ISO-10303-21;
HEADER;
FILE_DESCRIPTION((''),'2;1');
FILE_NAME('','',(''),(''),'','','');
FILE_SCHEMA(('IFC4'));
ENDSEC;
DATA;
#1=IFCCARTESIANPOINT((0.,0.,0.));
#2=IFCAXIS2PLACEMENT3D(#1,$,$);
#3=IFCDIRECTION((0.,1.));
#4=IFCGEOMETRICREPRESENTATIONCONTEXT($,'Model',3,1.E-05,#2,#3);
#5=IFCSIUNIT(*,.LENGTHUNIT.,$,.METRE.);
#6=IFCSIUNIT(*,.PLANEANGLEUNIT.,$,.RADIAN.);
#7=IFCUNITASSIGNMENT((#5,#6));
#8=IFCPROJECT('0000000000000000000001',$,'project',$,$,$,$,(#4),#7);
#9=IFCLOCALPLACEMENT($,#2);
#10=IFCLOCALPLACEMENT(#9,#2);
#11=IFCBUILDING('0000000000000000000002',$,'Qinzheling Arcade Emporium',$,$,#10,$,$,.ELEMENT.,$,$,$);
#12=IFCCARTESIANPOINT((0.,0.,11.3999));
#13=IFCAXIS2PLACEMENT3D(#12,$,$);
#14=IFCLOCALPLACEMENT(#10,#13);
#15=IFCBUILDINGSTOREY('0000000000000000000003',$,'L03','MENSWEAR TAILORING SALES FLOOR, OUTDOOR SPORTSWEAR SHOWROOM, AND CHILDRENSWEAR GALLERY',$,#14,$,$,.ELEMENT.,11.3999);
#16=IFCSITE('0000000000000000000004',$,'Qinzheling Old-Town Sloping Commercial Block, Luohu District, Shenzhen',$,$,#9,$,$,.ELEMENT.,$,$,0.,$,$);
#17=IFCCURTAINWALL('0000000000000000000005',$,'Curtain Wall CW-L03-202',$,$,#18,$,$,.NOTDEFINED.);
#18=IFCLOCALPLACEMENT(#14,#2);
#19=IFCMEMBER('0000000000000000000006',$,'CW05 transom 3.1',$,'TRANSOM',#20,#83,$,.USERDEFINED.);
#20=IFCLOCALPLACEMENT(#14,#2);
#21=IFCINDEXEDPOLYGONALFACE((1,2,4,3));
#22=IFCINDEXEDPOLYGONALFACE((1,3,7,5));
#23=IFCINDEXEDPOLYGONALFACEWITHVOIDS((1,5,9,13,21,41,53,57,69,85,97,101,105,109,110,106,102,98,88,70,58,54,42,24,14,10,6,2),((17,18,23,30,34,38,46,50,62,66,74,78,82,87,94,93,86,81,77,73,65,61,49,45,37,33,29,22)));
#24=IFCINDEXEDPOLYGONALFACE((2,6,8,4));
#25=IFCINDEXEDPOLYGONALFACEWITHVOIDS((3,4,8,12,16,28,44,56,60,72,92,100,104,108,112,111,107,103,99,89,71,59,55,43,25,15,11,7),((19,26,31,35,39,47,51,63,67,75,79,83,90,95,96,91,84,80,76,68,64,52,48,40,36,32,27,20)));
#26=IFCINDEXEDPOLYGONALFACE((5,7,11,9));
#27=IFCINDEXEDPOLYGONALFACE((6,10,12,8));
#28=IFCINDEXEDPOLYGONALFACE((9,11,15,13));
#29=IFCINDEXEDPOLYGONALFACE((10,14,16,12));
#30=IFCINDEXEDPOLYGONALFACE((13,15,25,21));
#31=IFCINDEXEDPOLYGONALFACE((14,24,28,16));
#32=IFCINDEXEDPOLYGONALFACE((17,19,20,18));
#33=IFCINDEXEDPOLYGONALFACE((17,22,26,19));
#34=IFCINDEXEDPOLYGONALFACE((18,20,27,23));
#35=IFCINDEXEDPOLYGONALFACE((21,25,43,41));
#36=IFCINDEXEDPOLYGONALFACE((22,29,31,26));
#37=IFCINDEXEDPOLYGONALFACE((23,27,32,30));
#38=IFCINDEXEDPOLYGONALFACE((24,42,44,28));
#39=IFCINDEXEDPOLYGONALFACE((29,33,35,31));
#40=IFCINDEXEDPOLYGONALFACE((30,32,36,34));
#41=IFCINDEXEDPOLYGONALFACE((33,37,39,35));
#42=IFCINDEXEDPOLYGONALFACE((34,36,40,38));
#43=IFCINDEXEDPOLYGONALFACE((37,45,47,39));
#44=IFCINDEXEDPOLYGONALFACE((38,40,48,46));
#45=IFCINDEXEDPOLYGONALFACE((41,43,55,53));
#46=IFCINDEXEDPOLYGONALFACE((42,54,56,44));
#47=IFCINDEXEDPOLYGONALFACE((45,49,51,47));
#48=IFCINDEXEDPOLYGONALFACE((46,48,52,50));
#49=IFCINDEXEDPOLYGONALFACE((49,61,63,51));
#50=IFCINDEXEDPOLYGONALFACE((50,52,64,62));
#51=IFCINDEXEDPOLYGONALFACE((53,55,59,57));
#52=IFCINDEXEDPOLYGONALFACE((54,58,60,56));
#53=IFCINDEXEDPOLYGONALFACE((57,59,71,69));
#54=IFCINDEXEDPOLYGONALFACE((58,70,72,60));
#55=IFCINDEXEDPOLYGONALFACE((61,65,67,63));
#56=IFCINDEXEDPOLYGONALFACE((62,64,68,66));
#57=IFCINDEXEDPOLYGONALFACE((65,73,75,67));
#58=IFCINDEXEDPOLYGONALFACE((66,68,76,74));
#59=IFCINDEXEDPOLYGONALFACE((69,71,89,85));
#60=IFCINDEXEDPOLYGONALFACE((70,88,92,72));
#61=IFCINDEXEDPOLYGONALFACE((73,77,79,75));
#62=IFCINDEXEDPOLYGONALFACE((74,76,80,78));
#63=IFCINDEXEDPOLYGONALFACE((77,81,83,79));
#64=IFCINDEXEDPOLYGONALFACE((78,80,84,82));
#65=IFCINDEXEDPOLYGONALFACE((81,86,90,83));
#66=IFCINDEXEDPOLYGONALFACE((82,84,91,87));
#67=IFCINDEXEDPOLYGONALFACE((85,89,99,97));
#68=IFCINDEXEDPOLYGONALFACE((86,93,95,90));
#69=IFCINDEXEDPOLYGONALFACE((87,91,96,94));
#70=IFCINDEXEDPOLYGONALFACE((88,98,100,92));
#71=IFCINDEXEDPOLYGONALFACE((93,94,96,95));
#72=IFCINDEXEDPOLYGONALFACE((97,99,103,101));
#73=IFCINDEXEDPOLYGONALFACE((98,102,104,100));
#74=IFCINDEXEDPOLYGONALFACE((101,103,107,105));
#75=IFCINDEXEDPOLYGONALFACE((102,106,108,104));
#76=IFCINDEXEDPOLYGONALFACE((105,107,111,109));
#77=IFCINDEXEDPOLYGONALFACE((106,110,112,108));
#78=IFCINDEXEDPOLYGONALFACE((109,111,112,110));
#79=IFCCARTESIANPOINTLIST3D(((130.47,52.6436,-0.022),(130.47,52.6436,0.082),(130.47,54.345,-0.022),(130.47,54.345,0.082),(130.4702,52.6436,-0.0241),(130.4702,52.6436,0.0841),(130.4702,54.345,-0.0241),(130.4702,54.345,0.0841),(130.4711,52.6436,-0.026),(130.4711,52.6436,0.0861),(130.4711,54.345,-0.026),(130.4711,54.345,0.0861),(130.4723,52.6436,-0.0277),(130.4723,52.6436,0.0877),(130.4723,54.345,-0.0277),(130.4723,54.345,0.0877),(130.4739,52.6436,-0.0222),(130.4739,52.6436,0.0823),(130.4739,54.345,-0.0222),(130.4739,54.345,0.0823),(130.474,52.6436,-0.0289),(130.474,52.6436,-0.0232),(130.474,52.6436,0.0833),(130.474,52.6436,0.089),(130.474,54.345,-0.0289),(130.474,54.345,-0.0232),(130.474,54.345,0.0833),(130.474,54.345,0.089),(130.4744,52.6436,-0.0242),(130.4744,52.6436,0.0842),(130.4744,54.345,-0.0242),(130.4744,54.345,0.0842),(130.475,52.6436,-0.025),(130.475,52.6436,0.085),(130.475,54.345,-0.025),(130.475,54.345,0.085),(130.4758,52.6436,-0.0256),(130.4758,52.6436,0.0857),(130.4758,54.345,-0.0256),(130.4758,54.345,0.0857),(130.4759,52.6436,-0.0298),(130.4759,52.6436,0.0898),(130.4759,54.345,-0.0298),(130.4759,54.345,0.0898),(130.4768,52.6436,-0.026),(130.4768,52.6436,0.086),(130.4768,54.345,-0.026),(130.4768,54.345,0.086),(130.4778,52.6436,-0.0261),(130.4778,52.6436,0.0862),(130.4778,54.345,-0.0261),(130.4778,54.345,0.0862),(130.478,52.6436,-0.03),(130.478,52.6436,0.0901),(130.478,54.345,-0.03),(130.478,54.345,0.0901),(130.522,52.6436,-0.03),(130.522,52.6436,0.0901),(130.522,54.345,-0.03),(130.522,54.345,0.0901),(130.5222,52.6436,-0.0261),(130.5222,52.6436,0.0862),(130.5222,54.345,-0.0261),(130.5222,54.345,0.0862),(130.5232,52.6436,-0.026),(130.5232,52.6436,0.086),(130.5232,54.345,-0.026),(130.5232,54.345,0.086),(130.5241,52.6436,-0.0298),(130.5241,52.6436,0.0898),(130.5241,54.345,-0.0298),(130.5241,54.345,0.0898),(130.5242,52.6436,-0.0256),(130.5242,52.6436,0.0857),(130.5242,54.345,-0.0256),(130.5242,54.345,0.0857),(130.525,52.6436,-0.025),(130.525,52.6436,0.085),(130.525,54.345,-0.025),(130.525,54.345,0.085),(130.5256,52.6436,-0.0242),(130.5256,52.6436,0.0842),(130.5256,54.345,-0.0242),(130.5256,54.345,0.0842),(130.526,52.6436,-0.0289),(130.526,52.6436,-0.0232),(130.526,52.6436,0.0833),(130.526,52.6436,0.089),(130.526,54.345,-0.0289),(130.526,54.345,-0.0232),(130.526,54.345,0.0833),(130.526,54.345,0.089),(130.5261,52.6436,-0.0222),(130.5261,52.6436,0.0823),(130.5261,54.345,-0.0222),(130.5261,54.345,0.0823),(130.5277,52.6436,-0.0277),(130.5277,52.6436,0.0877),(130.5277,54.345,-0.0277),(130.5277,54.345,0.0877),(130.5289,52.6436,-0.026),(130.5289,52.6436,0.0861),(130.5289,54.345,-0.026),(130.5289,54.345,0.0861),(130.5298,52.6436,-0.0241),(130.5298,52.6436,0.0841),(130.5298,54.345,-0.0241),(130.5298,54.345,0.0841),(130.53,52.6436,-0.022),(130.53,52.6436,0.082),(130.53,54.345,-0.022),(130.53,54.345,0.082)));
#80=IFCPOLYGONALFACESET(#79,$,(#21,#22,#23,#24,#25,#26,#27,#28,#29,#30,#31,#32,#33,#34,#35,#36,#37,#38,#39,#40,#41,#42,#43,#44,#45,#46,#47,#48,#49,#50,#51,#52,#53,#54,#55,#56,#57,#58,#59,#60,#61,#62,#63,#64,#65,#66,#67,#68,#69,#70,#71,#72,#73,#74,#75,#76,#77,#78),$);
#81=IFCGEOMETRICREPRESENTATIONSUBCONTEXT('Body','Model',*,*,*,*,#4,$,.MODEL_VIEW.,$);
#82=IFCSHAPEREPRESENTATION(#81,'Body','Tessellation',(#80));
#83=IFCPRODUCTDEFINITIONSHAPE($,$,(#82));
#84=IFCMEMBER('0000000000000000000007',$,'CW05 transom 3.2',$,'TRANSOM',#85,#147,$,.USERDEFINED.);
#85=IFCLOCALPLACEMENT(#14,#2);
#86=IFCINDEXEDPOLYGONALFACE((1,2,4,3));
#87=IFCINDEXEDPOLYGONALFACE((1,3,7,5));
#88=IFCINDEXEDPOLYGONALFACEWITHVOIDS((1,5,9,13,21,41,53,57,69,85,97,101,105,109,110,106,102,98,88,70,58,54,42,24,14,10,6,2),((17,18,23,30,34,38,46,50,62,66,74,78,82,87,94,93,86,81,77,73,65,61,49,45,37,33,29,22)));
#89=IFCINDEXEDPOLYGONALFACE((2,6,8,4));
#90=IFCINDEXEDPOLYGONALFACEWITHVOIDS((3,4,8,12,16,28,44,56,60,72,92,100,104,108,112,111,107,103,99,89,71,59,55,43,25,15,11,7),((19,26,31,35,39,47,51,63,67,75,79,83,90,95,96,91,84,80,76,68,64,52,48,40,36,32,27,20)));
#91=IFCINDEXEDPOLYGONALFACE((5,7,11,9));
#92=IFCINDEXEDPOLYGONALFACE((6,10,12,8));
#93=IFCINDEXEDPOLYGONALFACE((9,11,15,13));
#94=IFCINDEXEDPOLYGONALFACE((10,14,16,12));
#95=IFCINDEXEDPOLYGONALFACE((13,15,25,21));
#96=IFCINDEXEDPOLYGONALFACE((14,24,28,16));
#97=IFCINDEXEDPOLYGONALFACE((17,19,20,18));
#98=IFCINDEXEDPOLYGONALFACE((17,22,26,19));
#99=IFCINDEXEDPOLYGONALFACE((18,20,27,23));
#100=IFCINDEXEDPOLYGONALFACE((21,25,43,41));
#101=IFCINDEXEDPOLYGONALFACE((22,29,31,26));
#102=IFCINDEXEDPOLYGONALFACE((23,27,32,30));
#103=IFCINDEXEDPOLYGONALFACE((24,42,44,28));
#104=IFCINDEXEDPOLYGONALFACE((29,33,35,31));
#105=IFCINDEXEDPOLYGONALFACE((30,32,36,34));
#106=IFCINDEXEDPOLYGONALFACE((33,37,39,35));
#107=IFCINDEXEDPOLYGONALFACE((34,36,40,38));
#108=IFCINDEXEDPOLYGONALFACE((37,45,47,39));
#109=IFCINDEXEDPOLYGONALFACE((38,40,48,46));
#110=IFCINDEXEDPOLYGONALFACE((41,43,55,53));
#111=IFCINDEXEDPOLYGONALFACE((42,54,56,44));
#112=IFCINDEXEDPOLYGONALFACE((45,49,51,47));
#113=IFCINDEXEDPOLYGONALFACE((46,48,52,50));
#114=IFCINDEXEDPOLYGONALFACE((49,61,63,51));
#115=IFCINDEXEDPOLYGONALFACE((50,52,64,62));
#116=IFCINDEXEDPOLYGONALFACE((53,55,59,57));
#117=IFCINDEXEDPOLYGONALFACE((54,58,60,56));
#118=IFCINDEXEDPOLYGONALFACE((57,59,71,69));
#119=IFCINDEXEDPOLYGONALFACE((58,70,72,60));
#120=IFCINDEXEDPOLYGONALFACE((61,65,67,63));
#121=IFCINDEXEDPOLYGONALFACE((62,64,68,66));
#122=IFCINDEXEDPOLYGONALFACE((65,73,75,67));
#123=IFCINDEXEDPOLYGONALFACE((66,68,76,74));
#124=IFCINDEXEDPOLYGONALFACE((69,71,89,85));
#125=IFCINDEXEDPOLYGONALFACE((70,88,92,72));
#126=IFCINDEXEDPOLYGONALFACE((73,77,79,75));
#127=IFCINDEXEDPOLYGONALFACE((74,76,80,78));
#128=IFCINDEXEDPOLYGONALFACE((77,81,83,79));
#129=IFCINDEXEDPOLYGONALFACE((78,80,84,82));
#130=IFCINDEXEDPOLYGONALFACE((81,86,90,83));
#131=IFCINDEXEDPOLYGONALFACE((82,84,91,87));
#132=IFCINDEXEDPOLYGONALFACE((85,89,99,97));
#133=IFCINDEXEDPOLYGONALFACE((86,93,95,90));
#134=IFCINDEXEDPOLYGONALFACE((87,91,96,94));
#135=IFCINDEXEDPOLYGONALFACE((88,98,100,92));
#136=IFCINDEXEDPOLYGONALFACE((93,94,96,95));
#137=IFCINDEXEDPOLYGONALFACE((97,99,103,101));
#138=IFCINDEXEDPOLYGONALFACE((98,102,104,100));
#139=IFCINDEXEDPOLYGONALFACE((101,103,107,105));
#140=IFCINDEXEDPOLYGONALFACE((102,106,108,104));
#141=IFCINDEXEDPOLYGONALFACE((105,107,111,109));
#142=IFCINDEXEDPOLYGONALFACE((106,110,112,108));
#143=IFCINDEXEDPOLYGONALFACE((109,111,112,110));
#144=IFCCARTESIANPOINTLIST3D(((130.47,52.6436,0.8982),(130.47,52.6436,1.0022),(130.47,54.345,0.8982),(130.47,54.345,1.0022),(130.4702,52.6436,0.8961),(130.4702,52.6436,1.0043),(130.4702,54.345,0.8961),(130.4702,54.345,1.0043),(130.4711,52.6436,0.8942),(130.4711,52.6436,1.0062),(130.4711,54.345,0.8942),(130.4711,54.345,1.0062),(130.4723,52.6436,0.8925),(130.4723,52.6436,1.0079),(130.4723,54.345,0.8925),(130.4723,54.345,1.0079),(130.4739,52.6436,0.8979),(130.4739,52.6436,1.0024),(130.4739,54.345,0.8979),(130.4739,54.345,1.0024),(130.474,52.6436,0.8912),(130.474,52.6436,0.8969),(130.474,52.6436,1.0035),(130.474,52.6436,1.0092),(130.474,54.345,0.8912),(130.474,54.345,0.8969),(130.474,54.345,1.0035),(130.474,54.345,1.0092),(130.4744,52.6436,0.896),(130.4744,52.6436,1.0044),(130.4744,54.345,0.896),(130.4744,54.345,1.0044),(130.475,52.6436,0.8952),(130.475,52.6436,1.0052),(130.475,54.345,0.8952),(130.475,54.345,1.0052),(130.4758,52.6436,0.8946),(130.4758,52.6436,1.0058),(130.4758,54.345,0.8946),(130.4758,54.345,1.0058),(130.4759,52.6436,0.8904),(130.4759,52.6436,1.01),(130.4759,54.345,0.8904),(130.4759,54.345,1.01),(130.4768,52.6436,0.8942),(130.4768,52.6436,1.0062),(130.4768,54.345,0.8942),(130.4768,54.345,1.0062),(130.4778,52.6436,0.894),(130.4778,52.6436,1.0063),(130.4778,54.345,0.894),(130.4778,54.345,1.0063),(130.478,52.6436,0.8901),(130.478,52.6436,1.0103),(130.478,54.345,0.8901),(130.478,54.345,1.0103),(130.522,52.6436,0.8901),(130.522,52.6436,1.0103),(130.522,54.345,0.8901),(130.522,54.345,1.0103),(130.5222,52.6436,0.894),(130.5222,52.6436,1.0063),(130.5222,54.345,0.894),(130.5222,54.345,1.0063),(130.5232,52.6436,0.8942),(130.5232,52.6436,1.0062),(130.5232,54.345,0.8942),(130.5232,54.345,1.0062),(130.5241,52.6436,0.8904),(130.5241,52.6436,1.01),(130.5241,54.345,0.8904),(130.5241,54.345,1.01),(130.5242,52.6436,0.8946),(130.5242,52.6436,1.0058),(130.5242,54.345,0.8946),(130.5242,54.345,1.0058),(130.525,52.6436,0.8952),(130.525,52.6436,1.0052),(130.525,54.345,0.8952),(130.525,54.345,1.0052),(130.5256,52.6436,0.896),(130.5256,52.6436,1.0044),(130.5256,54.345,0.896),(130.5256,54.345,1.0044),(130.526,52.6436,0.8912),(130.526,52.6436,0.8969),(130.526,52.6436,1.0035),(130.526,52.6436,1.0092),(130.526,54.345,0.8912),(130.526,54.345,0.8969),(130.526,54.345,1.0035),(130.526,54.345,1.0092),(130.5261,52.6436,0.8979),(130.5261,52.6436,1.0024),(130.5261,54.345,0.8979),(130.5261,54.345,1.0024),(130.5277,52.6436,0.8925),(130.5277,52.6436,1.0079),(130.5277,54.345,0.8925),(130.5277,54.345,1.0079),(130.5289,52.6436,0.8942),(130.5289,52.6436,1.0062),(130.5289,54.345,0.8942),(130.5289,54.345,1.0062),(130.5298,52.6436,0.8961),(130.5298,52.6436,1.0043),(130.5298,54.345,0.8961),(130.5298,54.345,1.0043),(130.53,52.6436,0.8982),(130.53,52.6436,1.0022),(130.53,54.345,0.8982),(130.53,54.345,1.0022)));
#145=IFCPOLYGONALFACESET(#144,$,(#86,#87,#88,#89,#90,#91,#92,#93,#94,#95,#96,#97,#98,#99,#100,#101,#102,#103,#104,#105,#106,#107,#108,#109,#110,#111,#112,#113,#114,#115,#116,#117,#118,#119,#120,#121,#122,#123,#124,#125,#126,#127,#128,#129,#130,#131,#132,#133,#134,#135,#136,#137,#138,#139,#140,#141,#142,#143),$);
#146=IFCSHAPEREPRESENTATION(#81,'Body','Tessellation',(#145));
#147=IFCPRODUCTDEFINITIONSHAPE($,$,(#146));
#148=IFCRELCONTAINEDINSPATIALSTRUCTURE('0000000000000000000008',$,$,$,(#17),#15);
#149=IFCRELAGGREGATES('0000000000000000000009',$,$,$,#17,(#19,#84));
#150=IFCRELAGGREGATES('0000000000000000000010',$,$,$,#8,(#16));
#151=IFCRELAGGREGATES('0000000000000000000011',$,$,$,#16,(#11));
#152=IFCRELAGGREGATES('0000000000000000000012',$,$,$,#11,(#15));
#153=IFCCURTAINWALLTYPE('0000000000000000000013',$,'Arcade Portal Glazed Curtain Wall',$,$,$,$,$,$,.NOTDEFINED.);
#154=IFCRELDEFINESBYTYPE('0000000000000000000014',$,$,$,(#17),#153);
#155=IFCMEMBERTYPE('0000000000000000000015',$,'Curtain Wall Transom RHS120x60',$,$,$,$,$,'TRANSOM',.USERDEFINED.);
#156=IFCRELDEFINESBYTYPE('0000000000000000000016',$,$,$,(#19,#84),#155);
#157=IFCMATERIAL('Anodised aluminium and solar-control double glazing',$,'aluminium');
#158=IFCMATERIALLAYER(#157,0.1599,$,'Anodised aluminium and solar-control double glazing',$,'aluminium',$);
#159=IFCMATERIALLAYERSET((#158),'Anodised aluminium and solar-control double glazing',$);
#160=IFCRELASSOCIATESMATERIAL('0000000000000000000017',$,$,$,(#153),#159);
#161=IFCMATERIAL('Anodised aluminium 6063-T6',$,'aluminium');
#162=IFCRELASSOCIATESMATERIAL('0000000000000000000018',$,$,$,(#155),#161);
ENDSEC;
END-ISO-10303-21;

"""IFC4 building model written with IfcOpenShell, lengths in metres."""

from ifc_helpers import new_model, si_unit, direction, frame, origin, origin_2d, place, context, subcontext, project, spatial, hollow_rectangle, extrude, material, layer, layer_set, material_profile, profile_set, type_object, element, aggregate, save


model = new_model("IFC4")

# Units and contexts
model_context = context("Model", 3, precision=1e-05, world=origin(), true_north=direction((0.0, 1.0)))
body_context = subcontext(model_context, "Body", "Model", "MODEL_VIEW")
ifc_project = project(units=[si_unit("LENGTHUNIT", "METRE"), si_unit("PLANEANGLEUNIT", "RADIAN")], contexts=[model_context])

# Site, building, storey
site_placement = place(None, origin())
site = spatial("IfcSite", under=ifc_project, at=site_placement, Name="Qinzheling Old-Town Sloping Commercial Block, Luohu District, Shenzhen", CompositionType="ELEMENT", RefElevation=0.0)
building_placement = place(site_placement, origin())
building = spatial("IfcBuilding", under=site, at=building_placement, Name="Qinzheling Arcade Emporium", CompositionType="ELEMENT")
storey_placement = place(building_placement, frame((0.0, 0.0, 11.3999)))
storey = spatial("IfcBuildingStorey", under=building, at=storey_placement, Name="L03", Description="MENSWEAR TAILORING SALES FLOOR, OUTDOOR SPORTSWEAR SHOWROOM, AND CHILDRENSWEAR GALLERY", CompositionType="ELEMENT", Elevation=11.3999)

# Shared definitions
ifc_material_1 = material(Name="Anodised aluminium and solar-control double glazing", Category="aluminium")
ifc_layer_1 = layer(ifc_material_1, 0.1599, Name="Anodised aluminium and solar-control double glazing", Category="aluminium")
ifc_layer_set_1 = layer_set([ifc_layer_1], Name="Anodised aluminium and solar-control double glazing")
curtain_wall_type = type_object("IfcCurtainWallType", Name="Arcade Portal Glazed Curtain Wall", PredefinedType="NOTDEFINED", material=ifc_layer_set_1)
ifc_material_2 = material(Name="Anodised aluminium 6063-T6", Category="aluminium")

# Curtain wall
curtain_wall_1_placement = place(storey_placement, origin())
curtain_wall_1 = element("IfcCurtainWall", 1, at=curtain_wall_1_placement, inside=storey, type_object=curtain_wall_type, Name="Curtain Wall CW-L03-202", PredefinedType="NOTDEFINED")

# Members
ifc_material_profile_1 = material_profile(ifc_material_2, hollow_rectangle(XDim=0.0601, YDim=0.1201, WallThickness=0.0039, InnerFilletRadius=0.0039, OuterFilletRadius=0.0081, at=origin_2d()), Name="RHS 120x60x4", Category="aluminium")
ifc_profile_set_1 = profile_set([ifc_material_profile_1], Name="Anodised aluminium 6063-T6")
member_type_1 = type_object("IfcMemberType", Name="Curtain Wall Transom RHS120x60", ElementType="TRANSOM", PredefinedType="USERDEFINED", material=ifc_profile_set_1)
member_1_placement = place(storey_placement, frame((130.5, 54.345, 0.03), z_axis=(0.0, -1.0, 0.0), x_axis=(1.0, 0.0, 0.0)))
member_1 = element("IfcMember", 2, at=member_1_placement, type_object=member_type_1, Name="CW05 transom 3.1", ObjectType="TRANSOM", PredefinedType="USERDEFINED", context=body_context, shape_type="SweptSolid", body=[
    extrude(hollow_rectangle(XDim=0.0601, YDim=0.1201, WallThickness=0.0039, InnerFilletRadius=0.0039, OuterFilletRadius=0.0081, at=origin_2d()), origin(), (0.0, 0.0, 1.0), 1.7014),
])
member_2_placement = place(storey_placement, frame((130.5, 54.345, 0.9502), z_axis=(0.0, -1.0, 0.0), x_axis=(1.0, 0.0, 0.0)))
member_2 = element("IfcMember", 3, at=member_2_placement, type_object=member_type_1, Name="CW05 transom 3.2", ObjectType="TRANSOM", PredefinedType="USERDEFINED", context=body_context, shape_type="SweptSolid", body=[
    extrude(hollow_rectangle(XDim=0.0601, YDim=0.1201, WallThickness=0.0039, InnerFilletRadius=0.0039, OuterFilletRadius=0.0081, at=origin_2d()), origin(), (0.0, 0.0, 1.0), 1.7014),
])

aggregate(curtain_wall_1, [member_1, member_2])

save(model, "model.ifc")
